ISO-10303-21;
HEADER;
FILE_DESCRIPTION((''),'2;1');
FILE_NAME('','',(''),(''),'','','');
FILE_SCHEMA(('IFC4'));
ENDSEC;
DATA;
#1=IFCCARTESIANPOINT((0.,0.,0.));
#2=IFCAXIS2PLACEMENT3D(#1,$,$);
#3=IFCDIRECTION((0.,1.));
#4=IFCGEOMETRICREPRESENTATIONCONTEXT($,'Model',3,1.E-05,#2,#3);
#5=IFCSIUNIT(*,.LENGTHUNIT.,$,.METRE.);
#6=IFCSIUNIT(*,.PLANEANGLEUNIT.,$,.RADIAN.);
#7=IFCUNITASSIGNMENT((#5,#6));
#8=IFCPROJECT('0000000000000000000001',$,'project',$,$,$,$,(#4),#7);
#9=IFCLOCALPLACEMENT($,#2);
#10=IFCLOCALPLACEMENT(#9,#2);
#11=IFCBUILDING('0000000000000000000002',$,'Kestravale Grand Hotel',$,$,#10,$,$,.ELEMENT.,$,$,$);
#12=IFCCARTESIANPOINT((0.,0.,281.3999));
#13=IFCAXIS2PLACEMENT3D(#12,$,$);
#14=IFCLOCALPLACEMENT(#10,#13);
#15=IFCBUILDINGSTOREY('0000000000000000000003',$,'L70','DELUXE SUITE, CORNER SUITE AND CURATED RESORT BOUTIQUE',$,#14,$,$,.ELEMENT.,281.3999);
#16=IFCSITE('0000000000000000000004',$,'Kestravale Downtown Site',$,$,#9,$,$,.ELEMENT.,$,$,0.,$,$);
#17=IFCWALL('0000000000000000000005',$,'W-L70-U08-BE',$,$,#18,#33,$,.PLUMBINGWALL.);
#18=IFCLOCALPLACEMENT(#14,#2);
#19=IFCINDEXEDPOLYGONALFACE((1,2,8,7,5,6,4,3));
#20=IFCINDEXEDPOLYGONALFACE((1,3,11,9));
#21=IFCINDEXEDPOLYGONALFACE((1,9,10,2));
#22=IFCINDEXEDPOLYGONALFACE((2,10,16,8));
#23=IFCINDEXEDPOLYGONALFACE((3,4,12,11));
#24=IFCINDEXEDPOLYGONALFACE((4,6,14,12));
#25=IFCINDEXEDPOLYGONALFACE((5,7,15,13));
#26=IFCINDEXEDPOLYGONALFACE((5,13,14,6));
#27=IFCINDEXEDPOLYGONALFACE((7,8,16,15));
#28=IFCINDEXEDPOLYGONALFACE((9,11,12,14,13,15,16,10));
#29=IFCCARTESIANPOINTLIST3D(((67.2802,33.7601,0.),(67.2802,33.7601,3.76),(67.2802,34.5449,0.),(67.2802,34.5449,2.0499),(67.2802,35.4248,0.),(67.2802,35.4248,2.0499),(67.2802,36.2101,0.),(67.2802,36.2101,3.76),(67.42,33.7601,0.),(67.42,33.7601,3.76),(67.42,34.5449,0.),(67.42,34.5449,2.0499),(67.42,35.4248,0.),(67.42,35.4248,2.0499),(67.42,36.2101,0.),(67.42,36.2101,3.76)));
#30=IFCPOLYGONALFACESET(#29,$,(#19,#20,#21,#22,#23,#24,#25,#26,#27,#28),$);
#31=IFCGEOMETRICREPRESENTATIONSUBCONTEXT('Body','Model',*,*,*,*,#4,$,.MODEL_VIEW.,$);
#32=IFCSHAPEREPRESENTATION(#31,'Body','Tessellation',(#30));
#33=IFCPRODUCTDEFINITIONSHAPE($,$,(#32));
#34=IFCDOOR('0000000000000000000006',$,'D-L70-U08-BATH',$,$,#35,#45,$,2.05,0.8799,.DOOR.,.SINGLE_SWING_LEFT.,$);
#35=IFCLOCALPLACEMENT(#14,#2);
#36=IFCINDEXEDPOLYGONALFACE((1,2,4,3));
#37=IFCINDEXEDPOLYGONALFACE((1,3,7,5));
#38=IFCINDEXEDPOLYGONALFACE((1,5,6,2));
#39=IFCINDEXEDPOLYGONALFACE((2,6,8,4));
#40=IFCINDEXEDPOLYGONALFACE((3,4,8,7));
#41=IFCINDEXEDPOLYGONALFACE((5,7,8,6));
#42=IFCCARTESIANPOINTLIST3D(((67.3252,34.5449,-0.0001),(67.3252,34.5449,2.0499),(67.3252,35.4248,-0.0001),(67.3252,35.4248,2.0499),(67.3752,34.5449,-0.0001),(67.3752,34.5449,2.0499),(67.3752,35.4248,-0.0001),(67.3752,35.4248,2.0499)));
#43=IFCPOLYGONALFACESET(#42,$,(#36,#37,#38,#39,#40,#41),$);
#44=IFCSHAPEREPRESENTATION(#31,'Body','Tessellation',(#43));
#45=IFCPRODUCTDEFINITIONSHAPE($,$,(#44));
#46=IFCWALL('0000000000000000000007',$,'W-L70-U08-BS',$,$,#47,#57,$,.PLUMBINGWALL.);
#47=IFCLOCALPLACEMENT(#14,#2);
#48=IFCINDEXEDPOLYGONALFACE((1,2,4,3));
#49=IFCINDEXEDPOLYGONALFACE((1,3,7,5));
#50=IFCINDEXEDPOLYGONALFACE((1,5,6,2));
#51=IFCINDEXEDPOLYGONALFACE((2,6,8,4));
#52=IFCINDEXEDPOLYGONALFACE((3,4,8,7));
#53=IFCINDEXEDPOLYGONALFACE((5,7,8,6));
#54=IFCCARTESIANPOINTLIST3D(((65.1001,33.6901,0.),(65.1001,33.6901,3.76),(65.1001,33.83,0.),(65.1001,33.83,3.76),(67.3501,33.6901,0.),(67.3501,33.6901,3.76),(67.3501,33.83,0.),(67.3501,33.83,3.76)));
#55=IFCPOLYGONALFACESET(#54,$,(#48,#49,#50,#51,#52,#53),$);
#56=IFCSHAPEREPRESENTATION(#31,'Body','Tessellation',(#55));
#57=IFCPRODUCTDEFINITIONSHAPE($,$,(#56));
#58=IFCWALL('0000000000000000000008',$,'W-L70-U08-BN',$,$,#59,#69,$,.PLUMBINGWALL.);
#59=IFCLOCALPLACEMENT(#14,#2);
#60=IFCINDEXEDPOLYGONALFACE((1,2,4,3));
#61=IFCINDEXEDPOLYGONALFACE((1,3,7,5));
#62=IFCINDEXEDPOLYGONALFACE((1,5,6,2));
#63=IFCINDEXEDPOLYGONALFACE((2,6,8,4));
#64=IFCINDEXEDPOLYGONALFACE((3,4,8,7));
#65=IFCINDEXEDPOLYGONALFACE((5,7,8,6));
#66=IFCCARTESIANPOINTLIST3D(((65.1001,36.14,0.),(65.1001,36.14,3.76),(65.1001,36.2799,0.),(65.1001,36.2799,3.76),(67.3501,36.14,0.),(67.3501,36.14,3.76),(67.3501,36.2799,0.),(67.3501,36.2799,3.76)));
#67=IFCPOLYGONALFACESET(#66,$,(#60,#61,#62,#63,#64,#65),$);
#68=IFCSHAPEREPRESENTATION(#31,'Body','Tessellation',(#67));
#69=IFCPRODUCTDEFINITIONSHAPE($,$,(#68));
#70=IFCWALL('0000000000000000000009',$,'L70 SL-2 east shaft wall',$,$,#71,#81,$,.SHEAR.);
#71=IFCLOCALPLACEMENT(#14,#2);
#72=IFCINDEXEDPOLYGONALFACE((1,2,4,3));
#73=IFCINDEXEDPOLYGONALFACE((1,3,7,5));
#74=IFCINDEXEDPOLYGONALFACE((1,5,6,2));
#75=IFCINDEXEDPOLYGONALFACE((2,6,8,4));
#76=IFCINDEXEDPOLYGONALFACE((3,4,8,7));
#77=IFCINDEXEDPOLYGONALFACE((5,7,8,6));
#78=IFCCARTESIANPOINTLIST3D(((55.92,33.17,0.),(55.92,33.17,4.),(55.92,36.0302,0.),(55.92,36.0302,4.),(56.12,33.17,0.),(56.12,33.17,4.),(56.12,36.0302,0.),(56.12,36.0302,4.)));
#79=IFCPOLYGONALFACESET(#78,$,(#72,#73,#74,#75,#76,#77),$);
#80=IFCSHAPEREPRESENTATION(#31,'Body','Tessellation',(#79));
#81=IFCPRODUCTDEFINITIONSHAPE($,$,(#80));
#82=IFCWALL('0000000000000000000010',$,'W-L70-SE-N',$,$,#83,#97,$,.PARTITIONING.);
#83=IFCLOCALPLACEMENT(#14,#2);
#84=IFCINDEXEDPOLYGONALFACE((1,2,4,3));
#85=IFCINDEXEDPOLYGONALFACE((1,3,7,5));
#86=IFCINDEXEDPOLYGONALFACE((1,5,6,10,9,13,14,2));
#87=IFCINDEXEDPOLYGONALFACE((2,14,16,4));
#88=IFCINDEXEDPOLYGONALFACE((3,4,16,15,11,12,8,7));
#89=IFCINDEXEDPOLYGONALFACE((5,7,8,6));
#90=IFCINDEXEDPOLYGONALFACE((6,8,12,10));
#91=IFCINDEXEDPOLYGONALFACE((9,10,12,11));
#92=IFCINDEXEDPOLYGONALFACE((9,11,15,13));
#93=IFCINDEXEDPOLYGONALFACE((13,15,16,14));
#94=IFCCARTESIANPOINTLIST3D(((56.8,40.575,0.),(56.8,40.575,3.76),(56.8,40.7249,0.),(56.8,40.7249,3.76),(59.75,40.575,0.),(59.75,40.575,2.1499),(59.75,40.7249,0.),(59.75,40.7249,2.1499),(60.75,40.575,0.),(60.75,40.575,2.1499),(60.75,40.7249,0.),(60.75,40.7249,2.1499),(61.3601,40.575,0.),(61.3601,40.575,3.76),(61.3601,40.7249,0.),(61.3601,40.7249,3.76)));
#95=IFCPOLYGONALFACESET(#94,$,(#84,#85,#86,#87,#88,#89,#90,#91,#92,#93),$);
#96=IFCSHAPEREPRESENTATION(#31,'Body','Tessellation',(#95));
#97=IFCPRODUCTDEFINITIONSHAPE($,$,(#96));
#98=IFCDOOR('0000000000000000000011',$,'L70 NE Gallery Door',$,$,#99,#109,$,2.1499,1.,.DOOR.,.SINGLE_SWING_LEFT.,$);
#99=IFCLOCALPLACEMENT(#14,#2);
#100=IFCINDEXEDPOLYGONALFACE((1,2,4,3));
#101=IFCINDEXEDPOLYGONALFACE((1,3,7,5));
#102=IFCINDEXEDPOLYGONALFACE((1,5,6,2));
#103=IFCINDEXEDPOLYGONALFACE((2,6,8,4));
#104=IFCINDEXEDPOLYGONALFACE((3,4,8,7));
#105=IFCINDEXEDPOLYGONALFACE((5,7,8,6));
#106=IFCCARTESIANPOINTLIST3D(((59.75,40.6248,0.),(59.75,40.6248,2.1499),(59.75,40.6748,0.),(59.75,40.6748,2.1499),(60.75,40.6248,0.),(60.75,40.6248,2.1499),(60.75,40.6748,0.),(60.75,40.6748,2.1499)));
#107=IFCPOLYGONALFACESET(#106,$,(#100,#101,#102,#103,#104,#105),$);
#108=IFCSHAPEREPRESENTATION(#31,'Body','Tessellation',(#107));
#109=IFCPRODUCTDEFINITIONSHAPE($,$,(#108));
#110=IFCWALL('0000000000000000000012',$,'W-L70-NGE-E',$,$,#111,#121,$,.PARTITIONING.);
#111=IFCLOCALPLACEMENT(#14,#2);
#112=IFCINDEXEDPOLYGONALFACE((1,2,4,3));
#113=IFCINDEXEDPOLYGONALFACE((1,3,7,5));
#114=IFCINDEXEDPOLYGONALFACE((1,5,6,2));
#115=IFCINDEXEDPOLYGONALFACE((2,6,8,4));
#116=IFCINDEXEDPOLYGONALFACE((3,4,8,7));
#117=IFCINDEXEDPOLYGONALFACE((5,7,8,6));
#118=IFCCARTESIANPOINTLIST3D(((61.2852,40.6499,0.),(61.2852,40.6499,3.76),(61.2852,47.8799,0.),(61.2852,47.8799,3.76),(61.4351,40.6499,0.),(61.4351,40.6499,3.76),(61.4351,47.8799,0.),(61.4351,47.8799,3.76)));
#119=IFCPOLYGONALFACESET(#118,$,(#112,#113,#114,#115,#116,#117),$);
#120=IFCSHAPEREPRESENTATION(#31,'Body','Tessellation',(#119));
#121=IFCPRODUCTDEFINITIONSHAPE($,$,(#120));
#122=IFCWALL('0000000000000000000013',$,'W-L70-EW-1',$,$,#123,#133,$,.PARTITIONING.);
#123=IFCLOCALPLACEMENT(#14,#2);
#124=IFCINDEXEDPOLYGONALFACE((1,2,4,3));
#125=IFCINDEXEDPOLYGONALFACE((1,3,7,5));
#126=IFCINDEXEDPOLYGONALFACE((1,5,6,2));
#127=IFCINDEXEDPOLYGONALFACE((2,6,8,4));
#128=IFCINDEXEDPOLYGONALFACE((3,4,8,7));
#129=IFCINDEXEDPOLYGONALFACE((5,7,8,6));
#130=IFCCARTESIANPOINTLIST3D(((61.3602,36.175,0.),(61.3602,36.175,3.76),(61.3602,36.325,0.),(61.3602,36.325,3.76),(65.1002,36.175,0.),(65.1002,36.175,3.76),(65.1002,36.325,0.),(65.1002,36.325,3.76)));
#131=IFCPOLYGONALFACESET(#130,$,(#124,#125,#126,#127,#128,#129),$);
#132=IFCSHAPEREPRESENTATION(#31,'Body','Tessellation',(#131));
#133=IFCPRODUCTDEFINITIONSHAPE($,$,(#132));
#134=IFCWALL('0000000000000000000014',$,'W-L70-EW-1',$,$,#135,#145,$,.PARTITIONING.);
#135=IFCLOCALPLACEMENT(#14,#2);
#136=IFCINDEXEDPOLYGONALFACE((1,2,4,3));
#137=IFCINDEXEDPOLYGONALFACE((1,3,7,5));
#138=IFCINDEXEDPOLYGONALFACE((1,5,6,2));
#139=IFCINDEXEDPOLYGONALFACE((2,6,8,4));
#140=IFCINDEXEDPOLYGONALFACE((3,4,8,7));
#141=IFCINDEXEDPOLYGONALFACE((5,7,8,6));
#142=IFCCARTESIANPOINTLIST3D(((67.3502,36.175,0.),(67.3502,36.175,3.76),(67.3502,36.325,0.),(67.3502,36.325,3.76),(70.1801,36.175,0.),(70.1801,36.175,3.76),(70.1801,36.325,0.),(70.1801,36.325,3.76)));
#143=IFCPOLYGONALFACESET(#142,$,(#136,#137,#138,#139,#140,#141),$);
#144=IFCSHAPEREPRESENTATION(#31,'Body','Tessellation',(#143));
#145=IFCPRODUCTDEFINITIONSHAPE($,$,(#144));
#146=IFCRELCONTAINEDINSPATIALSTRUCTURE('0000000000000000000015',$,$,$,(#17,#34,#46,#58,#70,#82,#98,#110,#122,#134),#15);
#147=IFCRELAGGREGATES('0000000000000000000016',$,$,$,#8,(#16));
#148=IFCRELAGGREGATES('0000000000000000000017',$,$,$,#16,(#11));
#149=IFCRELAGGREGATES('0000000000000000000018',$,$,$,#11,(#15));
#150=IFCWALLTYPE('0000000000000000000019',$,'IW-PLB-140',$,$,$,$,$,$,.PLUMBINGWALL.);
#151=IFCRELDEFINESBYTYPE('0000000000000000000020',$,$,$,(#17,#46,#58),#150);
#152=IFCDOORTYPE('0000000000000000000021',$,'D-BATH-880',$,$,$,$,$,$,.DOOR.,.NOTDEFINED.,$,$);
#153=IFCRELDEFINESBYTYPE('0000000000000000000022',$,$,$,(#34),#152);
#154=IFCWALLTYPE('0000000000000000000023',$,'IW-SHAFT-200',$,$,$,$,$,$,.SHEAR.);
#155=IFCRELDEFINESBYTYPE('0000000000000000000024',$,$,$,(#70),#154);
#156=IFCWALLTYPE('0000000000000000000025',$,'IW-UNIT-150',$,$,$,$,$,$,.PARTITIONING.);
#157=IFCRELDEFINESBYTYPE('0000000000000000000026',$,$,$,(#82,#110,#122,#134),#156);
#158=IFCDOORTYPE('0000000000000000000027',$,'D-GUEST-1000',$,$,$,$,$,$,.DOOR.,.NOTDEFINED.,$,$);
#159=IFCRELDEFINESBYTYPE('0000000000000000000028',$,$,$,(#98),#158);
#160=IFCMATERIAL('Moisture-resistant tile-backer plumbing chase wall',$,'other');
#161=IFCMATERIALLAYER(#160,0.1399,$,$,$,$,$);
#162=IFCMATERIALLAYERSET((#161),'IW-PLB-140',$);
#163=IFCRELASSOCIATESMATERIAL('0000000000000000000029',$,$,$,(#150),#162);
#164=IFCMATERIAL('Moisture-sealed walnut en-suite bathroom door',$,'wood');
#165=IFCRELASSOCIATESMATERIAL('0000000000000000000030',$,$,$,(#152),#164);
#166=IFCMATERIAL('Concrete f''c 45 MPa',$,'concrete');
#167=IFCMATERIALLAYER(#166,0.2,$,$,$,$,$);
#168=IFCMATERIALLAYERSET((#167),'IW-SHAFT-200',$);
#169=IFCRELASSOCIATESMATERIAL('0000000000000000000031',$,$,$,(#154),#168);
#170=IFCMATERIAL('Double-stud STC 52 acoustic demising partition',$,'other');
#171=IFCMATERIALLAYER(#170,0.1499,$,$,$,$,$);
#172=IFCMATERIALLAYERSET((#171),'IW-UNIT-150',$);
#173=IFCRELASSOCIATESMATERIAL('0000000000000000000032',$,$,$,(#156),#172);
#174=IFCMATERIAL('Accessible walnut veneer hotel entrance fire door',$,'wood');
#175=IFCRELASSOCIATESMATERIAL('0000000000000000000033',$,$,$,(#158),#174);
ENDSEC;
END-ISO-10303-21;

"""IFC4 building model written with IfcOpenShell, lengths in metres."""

from ifc_helpers import new_model, si_unit, direction, frame, frame_2d, origin, place, context, subcontext, project, spatial, rectangle, extrude, material, layer, layer_set, type_object, element, fill, save


model = new_model("IFC4")

# Units and contexts
model_context = context("Model", 3, precision=1e-05, world=origin(), true_north=direction((0.0, 1.0)))
body_context = subcontext(model_context, "Body", "Model", "MODEL_VIEW")
ifc_project = project(units=[si_unit("LENGTHUNIT", "METRE"), si_unit("PLANEANGLEUNIT", "RADIAN")], contexts=[model_context])

# Site, building, storey
site_placement = place(None, origin())
site = spatial("IfcSite", under=ifc_project, at=site_placement, Name="Kestravale Downtown Site", CompositionType="ELEMENT", RefElevation=0.0)
building_placement = place(site_placement, origin())
building = spatial("IfcBuilding", under=site, at=building_placement, Name="Kestravale Grand Hotel", CompositionType="ELEMENT")
storey_placement = place(building_placement, frame((0.0, 0.0, 281.3999)))
storey = spatial("IfcBuildingStorey", under=building, at=storey_placement, Name="L70", Description="DELUXE SUITE, CORNER SUITE AND CURATED RESORT BOUTIQUE", CompositionType="ELEMENT", Elevation=281.3999)

# Shared definitions
ifc_material_1 = material(Name="Moisture-resistant tile-backer plumbing chase wall", Category="other")
ifc_layer_1 = layer(ifc_material_1, 0.1399)
ifc_layer_set_1 = layer_set([ifc_layer_1], Name="IW-PLB-140")
wall_type_1 = type_object("IfcWallType", Name="IW-PLB-140", PredefinedType="PLUMBINGWALL", material=ifc_layer_set_1)

# Wall, opening, door
wall_1_placement = place(storey_placement, frame((67.3501, 33.76, 0.0), z_axis=(0.0, 0.0, 1.0), x_axis=(0.0, 1.0, 0.0)))
wall_1 = element("IfcWall", 1, at=wall_1_placement, inside=storey, type_object=wall_type_1, Name="W-L70-U08-BE", PredefinedType="PLUMBINGWALL", context=body_context, shape_type="SweptSolid", body=[
    extrude(rectangle(XDim=2.45, YDim=0.1399, at=frame_2d((1.2251, 0.0))), origin(), (0.0, 0.0, 1.0), 3.76),
])
opening_1_placement = place(wall_1_placement, frame((0.7849, 0.0, 0.0)))
opening_1 = element("IfcOpeningElement", 2, at=opening_1_placement, cuts=wall_1, PredefinedType="OPENING", context=body_context, shape_type="SweptSolid", body=[
    extrude(rectangle(XDim=0.8799, YDim=2.05, at=frame_2d((0.4399, 1.0249))), frame((0.0, 0.0798, 0.0), z_axis=(0.0, -1.0, 0.0), x_axis=(1.0, 0.0, 0.0)), (0.0, 0.0, 1.0), 0.1599),
])
ifc_material_2 = material(Name="Moisture-sealed walnut en-suite bathroom door", Category="wood")
door_type_1 = type_object("IfcDoorType", Name="D-BATH-880", OperationType="NOTDEFINED", PredefinedType="DOOR", material=ifc_material_2)
door_1_placement = place(opening_1_placement, origin())
door_1 = element("IfcDoor", 3, at=door_1_placement, inside=storey, type_object=door_type_1, Name="D-L70-U08-BATH", OperationType="SINGLE_SWING_LEFT", OverallHeight=2.05, OverallWidth=0.8799, PredefinedType="DOOR", context=body_context, shape_type="SweptSolid", body=[
    extrude(rectangle(XDim=0.8799, YDim=2.05, at=frame_2d((0.4399, 1.0249))), frame((0.0, 0.0249, 0.0), z_axis=(0.0, -1.0, 0.0), x_axis=(1.0, 0.0, 0.0)), (0.0, 0.0, 1.0), 0.05),
])
fill(opening_1, door_1)

# Walls
for number, where, z_axis, x_axis, name in (
    (4, (65.1001, 33.76, 0.0), (0.0, 0.0, 1.0), (1.0, 0.0, 0.0), "W-L70-U08-BS"),
    (5, (65.1001, 36.21, 0.0), (0.0, 0.0, 1.0), (1.0, 0.0, 0.0), "W-L70-U08-BN"),
):
    element("IfcWall", number, at=place(storey_placement, frame(where, z_axis=z_axis, x_axis=x_axis)), inside=storey, type_object=wall_type_1, Name=name, PredefinedType="PLUMBINGWALL", context=body_context, shape_type="SweptSolid", body=[
        extrude(rectangle(XDim=2.25, YDim=0.1399, at=frame_2d((1.125, 0.0))), origin(), (0.0, 0.0, 1.0), 3.76),
    ])
ifc_material_3 = material(Name="Concrete f'c 45 MPa", Category="concrete")
ifc_layer_2 = layer(ifc_material_3, 0.2)
ifc_layer_set_2 = layer_set([ifc_layer_2], Name="IW-SHAFT-200")
wall_type_2 = type_object("IfcWallType", Name="IW-SHAFT-200", PredefinedType="SHEAR", material=ifc_layer_set_2)
wall_2_placement = place(storey_placement, frame((56.02, 33.1699, 0.0), z_axis=(0.0, 0.0, 1.0), x_axis=(0.0, 1.0, 0.0)))
element("IfcWall", 6, at=wall_2_placement, inside=storey, type_object=wall_type_2, Name="L70 SL-2 east shaft wall", PredefinedType="SHEAR", context=body_context, shape_type="SweptSolid", body=[
    extrude(rectangle(XDim=2.8601, YDim=0.2, at=frame_2d((1.4302, 0.0))), origin(), (0.0, 0.0, 1.0), 4.0),
])

# Wall, opening, door
ifc_material_4 = material(Name="Double-stud STC 52 acoustic demising partition", Category="other")
ifc_layer_3 = layer(ifc_material_4, 0.1499)
ifc_layer_set_3 = layer_set([ifc_layer_3], Name="IW-UNIT-150")
wall_type_3 = type_object("IfcWallType", Name="IW-UNIT-150", PredefinedType="PARTITIONING", material=ifc_layer_set_3)
wall_3_placement = place(storey_placement, frame((56.8, 40.6499, 0.0), z_axis=(0.0, 0.0, 1.0), x_axis=(1.0, 0.0, 0.0)))
wall_3 = element("IfcWall", 7, at=wall_3_placement, inside=storey, type_object=wall_type_3, Name="W-L70-SE-N", PredefinedType="PARTITIONING", context=body_context, shape_type="SweptSolid", body=[
    extrude(rectangle(XDim=4.5601, YDim=0.1499, at=frame_2d((2.28, 0.0))), origin(), (0.0, 0.0, 1.0), 3.76),
])
opening_2_placement = place(wall_3_placement, frame((2.95, 0.0, 0.0)))
opening_2 = element("IfcOpeningElement", 8, at=opening_2_placement, cuts=wall_3, PredefinedType="OPENING", context=body_context, shape_type="SweptSolid", body=[
    extrude(rectangle(XDim=1.0, YDim=2.1499, at=frame_2d((0.5, 1.075))), frame((0.0, 0.085, 0.0), z_axis=(0.0, -1.0, 0.0), x_axis=(1.0, 0.0, 0.0)), (0.0, 0.0, 1.0), 0.1699),
])
ifc_material_5 = material(Name="Accessible walnut veneer hotel entrance fire door", Category="wood")
door_type_2 = type_object("IfcDoorType", Name="D-GUEST-1000", OperationType="NOTDEFINED", PredefinedType="DOOR", material=ifc_material_5)
door_2_placement = place(opening_2_placement, origin())
door_2 = element("IfcDoor", 9, at=door_2_placement, inside=storey, type_object=door_type_2, Name="L70 NE Gallery Door", OperationType="SINGLE_SWING_LEFT", OverallHeight=2.1499, OverallWidth=1.0, PredefinedType="DOOR", context=body_context, shape_type="SweptSolid", body=[
    extrude(rectangle(XDim=1.0, YDim=2.1499, at=frame_2d((0.5, 1.075))), frame((0.0, 0.0249, 0.0), z_axis=(0.0, -1.0, 0.0), x_axis=(1.0, 0.0, 0.0)), (0.0, 0.0, 1.0), 0.05),
])
fill(opening_2, door_2)

# Walls
wall_4_placement = place(storey_placement, frame((61.3601, 40.6499, 0.0), z_axis=(0.0, 0.0, 1.0), x_axis=(0.0, 1.0, 0.0)))
element("IfcWall", 10, at=wall_4_placement, inside=storey, type_object=wall_type_3, Name="W-L70-NGE-E", PredefinedType="PARTITIONING", context=body_context, shape_type="SweptSolid", body=[
    extrude(rectangle(XDim=7.23, YDim=0.1499, at=frame_2d((3.615, 0.0))), origin(), (0.0, 0.0, 1.0), 3.76),
])
wall_5_placement = place(storey_placement, frame((61.3601, 36.25, 0.0), z_axis=(0.0, 0.0, 1.0), x_axis=(1.0, 0.0, 0.0)))
element("IfcWall", 11, at=wall_5_placement, inside=storey, type_object=wall_type_3, Name="W-L70-EW-1", PredefinedType="PARTITIONING", context=body_context, shape_type="SweptSolid", body=[
    extrude(rectangle(XDim=3.74, YDim=0.1499, at=frame_2d((1.8701, 0.0))), origin(), (0.0, 0.0, 1.0), 3.76),
])
wall_6_placement = place(storey_placement, frame((67.3501, 36.25, 0.0), z_axis=(0.0, 0.0, 1.0), x_axis=(1.0, 0.0, 0.0)))
element("IfcWall", 12, at=wall_6_placement, inside=storey, type_object=wall_type_3, Name="W-L70-EW-1", PredefinedType="PARTITIONING", context=body_context, shape_type="SweptSolid", body=[
    extrude(rectangle(XDim=2.8298, YDim=0.1499, at=frame_2d((1.415, 0.0))), origin(), (0.0, 0.0, 1.0), 3.76),
])

save(model, "model.ifc")
